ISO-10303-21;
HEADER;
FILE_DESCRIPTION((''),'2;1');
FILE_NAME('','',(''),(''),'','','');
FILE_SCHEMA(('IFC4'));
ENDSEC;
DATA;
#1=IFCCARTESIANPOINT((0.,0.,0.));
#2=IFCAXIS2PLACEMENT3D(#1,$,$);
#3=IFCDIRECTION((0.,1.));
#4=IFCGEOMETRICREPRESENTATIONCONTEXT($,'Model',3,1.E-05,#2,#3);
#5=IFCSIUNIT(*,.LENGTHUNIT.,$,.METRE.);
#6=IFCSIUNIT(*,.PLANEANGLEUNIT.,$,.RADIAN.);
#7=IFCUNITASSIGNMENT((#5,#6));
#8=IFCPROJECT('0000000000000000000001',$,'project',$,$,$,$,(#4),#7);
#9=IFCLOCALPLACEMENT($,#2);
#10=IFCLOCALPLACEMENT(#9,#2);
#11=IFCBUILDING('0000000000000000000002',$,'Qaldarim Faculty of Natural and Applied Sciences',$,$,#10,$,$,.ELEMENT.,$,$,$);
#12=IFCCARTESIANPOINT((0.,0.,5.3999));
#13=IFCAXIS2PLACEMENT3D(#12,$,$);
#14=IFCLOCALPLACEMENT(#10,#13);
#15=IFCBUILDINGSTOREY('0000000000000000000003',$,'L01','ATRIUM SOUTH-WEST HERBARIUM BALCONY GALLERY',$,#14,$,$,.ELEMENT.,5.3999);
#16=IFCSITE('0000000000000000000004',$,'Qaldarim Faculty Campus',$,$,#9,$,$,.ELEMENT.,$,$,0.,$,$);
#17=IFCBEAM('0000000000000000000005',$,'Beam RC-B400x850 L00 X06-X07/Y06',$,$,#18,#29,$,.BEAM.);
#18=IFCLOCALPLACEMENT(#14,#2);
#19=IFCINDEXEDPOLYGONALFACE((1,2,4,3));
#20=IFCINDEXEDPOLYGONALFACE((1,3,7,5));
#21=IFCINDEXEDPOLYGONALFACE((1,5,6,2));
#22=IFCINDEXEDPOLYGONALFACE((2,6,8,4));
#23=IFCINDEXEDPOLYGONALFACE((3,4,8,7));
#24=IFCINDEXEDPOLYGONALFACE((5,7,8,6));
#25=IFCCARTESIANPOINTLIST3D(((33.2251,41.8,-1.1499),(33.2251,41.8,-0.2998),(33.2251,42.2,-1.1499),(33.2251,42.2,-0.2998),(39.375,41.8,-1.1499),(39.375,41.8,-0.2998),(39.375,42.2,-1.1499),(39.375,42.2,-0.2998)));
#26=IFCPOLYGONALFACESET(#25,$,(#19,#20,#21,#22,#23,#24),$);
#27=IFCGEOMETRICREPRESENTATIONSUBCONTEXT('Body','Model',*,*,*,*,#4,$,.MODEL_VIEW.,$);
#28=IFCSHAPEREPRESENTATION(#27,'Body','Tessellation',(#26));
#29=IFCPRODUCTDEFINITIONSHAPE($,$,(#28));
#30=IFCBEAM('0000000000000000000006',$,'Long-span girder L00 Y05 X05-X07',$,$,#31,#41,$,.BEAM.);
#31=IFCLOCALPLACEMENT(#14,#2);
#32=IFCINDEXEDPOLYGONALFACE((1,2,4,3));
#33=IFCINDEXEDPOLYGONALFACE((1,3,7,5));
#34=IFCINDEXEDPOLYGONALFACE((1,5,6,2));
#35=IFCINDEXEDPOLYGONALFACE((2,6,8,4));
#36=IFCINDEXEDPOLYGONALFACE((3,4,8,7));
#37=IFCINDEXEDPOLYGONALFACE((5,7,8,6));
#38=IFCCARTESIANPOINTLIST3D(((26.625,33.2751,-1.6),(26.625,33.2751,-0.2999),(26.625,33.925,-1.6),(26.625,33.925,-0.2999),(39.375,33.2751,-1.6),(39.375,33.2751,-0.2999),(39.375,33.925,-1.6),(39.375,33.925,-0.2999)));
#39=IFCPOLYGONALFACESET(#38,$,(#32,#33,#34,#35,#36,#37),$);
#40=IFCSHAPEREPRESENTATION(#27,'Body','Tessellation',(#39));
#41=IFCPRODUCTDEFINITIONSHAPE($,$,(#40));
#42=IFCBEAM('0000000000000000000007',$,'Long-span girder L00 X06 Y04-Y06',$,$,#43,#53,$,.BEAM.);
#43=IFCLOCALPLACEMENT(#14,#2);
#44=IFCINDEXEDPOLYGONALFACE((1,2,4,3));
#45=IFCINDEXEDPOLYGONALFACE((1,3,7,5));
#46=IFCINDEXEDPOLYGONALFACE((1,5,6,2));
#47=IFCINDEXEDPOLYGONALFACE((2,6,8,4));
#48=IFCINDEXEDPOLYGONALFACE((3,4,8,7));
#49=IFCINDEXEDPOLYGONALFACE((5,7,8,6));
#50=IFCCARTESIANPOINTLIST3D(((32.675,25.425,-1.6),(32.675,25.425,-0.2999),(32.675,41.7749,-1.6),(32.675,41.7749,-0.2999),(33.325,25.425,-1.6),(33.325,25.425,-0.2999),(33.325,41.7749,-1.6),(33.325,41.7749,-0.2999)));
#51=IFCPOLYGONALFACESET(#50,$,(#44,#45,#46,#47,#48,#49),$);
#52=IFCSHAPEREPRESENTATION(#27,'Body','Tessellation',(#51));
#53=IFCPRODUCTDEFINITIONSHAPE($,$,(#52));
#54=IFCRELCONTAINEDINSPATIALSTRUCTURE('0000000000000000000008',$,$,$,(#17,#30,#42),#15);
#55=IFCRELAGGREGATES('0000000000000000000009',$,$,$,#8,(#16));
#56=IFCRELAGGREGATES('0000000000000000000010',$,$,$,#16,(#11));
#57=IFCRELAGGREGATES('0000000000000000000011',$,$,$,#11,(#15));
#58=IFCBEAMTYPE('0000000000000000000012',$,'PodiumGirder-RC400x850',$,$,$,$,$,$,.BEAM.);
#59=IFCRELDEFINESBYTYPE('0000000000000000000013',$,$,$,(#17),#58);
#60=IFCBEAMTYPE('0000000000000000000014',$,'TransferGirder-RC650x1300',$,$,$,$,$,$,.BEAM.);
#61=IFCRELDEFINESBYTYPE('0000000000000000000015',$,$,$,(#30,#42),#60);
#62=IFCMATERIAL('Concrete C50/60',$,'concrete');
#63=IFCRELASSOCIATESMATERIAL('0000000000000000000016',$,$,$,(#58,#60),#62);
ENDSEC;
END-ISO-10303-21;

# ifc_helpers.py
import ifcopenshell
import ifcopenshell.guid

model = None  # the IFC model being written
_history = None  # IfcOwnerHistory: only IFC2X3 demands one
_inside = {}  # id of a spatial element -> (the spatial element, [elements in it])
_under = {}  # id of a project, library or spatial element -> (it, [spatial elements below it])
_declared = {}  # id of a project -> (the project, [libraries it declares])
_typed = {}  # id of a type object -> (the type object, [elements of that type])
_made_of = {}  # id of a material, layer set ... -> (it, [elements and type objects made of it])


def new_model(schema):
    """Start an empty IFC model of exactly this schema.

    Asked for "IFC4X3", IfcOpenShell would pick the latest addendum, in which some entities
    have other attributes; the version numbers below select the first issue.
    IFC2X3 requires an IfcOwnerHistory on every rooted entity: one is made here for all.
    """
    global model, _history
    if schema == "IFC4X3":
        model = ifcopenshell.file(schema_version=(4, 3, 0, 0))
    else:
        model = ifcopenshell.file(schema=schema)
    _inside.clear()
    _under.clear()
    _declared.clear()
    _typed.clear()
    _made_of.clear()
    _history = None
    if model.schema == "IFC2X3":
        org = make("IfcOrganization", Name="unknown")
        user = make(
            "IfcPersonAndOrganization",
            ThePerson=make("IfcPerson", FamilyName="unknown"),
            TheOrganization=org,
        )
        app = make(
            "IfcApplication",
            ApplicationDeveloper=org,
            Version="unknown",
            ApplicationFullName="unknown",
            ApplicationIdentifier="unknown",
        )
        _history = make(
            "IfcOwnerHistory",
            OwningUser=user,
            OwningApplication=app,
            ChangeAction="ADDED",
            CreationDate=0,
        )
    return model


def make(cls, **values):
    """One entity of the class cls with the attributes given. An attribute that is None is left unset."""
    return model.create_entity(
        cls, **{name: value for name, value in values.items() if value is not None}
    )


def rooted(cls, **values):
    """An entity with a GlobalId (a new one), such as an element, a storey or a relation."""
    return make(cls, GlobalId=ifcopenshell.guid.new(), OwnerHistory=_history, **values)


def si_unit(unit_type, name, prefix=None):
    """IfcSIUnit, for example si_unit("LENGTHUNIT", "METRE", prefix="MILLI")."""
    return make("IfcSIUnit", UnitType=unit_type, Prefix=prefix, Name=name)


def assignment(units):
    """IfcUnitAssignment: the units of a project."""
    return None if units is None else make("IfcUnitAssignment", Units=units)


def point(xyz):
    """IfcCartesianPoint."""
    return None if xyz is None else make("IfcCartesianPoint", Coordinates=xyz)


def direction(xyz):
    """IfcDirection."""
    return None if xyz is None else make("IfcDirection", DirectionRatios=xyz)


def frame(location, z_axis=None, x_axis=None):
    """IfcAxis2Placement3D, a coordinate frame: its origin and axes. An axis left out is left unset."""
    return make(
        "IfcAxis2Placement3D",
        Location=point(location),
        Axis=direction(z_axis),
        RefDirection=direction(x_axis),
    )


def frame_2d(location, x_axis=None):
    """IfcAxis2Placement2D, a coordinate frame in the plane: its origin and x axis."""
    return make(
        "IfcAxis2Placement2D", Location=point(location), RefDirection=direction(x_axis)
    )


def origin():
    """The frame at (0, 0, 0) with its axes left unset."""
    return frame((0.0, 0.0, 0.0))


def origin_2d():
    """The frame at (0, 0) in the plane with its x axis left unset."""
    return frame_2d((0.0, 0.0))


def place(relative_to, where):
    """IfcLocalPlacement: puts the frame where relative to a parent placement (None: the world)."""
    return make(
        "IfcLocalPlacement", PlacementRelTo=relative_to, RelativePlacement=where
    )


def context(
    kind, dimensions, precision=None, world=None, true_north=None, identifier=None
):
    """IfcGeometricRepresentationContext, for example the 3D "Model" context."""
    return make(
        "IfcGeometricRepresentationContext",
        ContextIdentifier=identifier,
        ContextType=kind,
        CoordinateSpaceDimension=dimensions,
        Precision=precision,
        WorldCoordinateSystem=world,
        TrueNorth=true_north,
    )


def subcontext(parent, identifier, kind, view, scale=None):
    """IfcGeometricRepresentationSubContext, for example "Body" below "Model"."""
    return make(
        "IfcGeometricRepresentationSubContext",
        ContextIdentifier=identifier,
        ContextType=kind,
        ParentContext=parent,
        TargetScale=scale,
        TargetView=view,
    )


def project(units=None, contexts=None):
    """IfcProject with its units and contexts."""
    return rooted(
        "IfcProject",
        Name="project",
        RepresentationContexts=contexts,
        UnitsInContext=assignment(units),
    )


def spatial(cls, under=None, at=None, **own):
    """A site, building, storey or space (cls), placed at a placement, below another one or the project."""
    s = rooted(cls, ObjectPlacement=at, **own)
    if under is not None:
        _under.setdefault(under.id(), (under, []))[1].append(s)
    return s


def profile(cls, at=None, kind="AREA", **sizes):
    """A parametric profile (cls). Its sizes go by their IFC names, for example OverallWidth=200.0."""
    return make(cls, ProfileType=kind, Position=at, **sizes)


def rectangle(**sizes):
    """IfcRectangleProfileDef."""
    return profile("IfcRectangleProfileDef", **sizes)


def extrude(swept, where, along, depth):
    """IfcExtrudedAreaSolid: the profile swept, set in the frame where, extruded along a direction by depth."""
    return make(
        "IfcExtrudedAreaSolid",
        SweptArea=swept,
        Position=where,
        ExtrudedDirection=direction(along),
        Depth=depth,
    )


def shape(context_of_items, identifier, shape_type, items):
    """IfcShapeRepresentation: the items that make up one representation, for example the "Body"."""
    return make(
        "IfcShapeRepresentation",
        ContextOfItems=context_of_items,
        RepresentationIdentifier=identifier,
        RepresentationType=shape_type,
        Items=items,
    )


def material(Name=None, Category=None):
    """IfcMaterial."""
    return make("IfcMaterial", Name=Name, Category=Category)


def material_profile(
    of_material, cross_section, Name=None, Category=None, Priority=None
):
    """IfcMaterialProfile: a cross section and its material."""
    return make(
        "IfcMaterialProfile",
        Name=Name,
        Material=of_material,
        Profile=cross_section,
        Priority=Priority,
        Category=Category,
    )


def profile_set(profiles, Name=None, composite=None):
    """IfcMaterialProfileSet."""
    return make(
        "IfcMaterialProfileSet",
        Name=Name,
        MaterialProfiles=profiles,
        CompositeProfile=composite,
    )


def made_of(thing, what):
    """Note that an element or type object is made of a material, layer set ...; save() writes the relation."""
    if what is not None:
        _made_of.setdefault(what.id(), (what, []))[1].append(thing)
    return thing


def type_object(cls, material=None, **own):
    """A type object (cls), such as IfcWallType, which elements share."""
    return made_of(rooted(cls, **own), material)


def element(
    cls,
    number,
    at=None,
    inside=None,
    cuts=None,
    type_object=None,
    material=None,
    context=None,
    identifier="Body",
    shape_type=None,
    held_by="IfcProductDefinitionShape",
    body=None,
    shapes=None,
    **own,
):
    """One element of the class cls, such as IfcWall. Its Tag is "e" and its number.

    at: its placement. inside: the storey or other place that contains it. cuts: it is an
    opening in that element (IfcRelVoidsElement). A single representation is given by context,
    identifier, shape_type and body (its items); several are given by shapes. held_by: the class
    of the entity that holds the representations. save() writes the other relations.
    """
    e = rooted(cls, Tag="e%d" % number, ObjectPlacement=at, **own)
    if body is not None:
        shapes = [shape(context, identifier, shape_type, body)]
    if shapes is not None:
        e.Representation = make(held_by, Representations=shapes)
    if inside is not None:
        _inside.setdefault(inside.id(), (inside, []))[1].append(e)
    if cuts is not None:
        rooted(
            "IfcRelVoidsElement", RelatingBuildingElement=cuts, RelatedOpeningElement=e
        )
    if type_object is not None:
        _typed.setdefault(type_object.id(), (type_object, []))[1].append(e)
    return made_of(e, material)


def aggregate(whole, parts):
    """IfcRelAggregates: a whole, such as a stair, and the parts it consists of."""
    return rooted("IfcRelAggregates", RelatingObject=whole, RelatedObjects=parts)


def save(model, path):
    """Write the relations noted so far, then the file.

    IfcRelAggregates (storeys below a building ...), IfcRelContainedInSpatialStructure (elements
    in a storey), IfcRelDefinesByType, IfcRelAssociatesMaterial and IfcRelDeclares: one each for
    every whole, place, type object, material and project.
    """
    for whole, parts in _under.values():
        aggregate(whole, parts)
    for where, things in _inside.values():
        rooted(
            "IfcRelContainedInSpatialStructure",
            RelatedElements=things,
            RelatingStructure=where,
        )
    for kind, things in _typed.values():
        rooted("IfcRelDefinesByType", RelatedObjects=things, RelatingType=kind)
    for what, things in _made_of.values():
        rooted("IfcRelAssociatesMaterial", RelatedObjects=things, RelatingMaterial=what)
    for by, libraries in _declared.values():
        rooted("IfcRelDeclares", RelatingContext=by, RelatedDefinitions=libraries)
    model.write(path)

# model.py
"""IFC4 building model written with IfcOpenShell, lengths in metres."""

from ifc_helpers import new_model, si_unit, direction, frame, origin, origin_2d, place, context, subcontext, project, spatial, rectangle, extrude, material, material_profile, profile_set, type_object, element, save


model = new_model("IFC4")

# Units and contexts
model_context = context("Model", 3, precision=1e-05, world=origin(), true_north=direction((0.0, 1.0)))
body_context = subcontext(model_context, "Body", "Model", "MODEL_VIEW")
ifc_project = project(units=[si_unit("LENGTHUNIT", "METRE"), si_unit("PLANEANGLEUNIT", "RADIAN")], contexts=[model_context])

# Site, building, storey
site_placement = place(None, origin())
site = spatial("IfcSite", under=ifc_project, at=site_placement, Name="Qaldarim Faculty Campus", CompositionType="ELEMENT", RefElevation=0.0)
building_placement = place(site_placement, origin())
building = spatial("IfcBuilding", under=site, at=building_placement, Name="Qaldarim Faculty of Natural and Applied Sciences", CompositionType="ELEMENT")
storey_placement = place(building_placement, frame((0.0, 0.0, 5.3999)))
storey = spatial("IfcBuildingStorey", under=building, at=storey_placement, Name="L01", Description="ATRIUM SOUTH-WEST HERBARIUM BALCONY GALLERY", CompositionType="ELEMENT", Elevation=5.3999)

# Beams
ifc_material_1 = material(Name="Concrete C50/60", Category="concrete")
ifc_material_profile_1 = material_profile(ifc_material_1, rectangle(XDim=0.3999, YDim=0.8501, at=origin_2d()), Name="RC-B400x850")
ifc_profile_set_1 = profile_set([ifc_material_profile_1], Name="Concrete C50/60")
beam_type_1 = type_object("IfcBeamType", Name="PodiumGirder-RC400x850", PredefinedType="BEAM", material=ifc_profile_set_1)
for number, where, z_axis, x_axis, name in (
    (1, (33.2251, 42.0, -0.7249), (1.0, 0.0, 0.0), (0.0, 1.0, 0.0), "Beam RC-B400x850 L00 X06-X07/Y06"),
):
    element("IfcBeam", number, at=place(storey_placement, frame(where, z_axis=z_axis, x_axis=x_axis)), inside=storey, type_object=beam_type_1, Name=name, PredefinedType="BEAM", context=body_context, shape_type="SweptSolid", body=[
        extrude(rectangle(XDim=0.3999, YDim=0.8501, at=origin_2d()), origin(), (0.0, 0.0, 1.0), 6.1499),
    ])
ifc_material_profile_2 = material_profile(ifc_material_1, rectangle(XDim=0.6499, YDim=1.3, at=origin_2d()), Name="RC-TG650x1300")
ifc_profile_set_2 = profile_set([ifc_material_profile_2], Name="Concrete C50/60")
beam_type_2 = type_object("IfcBeamType", Name="TransferGirder-RC650x1300", PredefinedType="BEAM", material=ifc_profile_set_2)
beam_1_placement = place(storey_placement, frame((26.625, 33.6001, -0.95), z_axis=(1.0, 0.0, 0.0), x_axis=(0.0, 1.0, 0.0)))
element("IfcBeam", 2, at=beam_1_placement, inside=storey, type_object=beam_type_2, Name="Long-span girder L00 Y05 X05-X07", PredefinedType="BEAM", context=body_context, shape_type="SweptSolid", body=[
    extrude(rectangle(XDim=0.6499, YDim=1.3, at=origin_2d()), origin(), (0.0, 0.0, 1.0), 12.75),
])
beam_2_placement = place(storey_placement, frame((33.0, 25.425, -0.95), z_axis=(0.0, 1.0, 0.0), x_axis=(-1.0, 0.0, 0.0)))
element("IfcBeam", 3, at=beam_2_placement, inside=storey, type_object=beam_type_2, Name="Long-span girder L00 X06 Y04-Y06", PredefinedType="BEAM", context=body_context, shape_type="SweptSolid", body=[
    extrude(rectangle(XDim=0.6499, YDim=1.3, at=origin_2d()), origin(), (0.0, 0.0, 1.0), 16.3499),
])

save(model, "model.ifc")
